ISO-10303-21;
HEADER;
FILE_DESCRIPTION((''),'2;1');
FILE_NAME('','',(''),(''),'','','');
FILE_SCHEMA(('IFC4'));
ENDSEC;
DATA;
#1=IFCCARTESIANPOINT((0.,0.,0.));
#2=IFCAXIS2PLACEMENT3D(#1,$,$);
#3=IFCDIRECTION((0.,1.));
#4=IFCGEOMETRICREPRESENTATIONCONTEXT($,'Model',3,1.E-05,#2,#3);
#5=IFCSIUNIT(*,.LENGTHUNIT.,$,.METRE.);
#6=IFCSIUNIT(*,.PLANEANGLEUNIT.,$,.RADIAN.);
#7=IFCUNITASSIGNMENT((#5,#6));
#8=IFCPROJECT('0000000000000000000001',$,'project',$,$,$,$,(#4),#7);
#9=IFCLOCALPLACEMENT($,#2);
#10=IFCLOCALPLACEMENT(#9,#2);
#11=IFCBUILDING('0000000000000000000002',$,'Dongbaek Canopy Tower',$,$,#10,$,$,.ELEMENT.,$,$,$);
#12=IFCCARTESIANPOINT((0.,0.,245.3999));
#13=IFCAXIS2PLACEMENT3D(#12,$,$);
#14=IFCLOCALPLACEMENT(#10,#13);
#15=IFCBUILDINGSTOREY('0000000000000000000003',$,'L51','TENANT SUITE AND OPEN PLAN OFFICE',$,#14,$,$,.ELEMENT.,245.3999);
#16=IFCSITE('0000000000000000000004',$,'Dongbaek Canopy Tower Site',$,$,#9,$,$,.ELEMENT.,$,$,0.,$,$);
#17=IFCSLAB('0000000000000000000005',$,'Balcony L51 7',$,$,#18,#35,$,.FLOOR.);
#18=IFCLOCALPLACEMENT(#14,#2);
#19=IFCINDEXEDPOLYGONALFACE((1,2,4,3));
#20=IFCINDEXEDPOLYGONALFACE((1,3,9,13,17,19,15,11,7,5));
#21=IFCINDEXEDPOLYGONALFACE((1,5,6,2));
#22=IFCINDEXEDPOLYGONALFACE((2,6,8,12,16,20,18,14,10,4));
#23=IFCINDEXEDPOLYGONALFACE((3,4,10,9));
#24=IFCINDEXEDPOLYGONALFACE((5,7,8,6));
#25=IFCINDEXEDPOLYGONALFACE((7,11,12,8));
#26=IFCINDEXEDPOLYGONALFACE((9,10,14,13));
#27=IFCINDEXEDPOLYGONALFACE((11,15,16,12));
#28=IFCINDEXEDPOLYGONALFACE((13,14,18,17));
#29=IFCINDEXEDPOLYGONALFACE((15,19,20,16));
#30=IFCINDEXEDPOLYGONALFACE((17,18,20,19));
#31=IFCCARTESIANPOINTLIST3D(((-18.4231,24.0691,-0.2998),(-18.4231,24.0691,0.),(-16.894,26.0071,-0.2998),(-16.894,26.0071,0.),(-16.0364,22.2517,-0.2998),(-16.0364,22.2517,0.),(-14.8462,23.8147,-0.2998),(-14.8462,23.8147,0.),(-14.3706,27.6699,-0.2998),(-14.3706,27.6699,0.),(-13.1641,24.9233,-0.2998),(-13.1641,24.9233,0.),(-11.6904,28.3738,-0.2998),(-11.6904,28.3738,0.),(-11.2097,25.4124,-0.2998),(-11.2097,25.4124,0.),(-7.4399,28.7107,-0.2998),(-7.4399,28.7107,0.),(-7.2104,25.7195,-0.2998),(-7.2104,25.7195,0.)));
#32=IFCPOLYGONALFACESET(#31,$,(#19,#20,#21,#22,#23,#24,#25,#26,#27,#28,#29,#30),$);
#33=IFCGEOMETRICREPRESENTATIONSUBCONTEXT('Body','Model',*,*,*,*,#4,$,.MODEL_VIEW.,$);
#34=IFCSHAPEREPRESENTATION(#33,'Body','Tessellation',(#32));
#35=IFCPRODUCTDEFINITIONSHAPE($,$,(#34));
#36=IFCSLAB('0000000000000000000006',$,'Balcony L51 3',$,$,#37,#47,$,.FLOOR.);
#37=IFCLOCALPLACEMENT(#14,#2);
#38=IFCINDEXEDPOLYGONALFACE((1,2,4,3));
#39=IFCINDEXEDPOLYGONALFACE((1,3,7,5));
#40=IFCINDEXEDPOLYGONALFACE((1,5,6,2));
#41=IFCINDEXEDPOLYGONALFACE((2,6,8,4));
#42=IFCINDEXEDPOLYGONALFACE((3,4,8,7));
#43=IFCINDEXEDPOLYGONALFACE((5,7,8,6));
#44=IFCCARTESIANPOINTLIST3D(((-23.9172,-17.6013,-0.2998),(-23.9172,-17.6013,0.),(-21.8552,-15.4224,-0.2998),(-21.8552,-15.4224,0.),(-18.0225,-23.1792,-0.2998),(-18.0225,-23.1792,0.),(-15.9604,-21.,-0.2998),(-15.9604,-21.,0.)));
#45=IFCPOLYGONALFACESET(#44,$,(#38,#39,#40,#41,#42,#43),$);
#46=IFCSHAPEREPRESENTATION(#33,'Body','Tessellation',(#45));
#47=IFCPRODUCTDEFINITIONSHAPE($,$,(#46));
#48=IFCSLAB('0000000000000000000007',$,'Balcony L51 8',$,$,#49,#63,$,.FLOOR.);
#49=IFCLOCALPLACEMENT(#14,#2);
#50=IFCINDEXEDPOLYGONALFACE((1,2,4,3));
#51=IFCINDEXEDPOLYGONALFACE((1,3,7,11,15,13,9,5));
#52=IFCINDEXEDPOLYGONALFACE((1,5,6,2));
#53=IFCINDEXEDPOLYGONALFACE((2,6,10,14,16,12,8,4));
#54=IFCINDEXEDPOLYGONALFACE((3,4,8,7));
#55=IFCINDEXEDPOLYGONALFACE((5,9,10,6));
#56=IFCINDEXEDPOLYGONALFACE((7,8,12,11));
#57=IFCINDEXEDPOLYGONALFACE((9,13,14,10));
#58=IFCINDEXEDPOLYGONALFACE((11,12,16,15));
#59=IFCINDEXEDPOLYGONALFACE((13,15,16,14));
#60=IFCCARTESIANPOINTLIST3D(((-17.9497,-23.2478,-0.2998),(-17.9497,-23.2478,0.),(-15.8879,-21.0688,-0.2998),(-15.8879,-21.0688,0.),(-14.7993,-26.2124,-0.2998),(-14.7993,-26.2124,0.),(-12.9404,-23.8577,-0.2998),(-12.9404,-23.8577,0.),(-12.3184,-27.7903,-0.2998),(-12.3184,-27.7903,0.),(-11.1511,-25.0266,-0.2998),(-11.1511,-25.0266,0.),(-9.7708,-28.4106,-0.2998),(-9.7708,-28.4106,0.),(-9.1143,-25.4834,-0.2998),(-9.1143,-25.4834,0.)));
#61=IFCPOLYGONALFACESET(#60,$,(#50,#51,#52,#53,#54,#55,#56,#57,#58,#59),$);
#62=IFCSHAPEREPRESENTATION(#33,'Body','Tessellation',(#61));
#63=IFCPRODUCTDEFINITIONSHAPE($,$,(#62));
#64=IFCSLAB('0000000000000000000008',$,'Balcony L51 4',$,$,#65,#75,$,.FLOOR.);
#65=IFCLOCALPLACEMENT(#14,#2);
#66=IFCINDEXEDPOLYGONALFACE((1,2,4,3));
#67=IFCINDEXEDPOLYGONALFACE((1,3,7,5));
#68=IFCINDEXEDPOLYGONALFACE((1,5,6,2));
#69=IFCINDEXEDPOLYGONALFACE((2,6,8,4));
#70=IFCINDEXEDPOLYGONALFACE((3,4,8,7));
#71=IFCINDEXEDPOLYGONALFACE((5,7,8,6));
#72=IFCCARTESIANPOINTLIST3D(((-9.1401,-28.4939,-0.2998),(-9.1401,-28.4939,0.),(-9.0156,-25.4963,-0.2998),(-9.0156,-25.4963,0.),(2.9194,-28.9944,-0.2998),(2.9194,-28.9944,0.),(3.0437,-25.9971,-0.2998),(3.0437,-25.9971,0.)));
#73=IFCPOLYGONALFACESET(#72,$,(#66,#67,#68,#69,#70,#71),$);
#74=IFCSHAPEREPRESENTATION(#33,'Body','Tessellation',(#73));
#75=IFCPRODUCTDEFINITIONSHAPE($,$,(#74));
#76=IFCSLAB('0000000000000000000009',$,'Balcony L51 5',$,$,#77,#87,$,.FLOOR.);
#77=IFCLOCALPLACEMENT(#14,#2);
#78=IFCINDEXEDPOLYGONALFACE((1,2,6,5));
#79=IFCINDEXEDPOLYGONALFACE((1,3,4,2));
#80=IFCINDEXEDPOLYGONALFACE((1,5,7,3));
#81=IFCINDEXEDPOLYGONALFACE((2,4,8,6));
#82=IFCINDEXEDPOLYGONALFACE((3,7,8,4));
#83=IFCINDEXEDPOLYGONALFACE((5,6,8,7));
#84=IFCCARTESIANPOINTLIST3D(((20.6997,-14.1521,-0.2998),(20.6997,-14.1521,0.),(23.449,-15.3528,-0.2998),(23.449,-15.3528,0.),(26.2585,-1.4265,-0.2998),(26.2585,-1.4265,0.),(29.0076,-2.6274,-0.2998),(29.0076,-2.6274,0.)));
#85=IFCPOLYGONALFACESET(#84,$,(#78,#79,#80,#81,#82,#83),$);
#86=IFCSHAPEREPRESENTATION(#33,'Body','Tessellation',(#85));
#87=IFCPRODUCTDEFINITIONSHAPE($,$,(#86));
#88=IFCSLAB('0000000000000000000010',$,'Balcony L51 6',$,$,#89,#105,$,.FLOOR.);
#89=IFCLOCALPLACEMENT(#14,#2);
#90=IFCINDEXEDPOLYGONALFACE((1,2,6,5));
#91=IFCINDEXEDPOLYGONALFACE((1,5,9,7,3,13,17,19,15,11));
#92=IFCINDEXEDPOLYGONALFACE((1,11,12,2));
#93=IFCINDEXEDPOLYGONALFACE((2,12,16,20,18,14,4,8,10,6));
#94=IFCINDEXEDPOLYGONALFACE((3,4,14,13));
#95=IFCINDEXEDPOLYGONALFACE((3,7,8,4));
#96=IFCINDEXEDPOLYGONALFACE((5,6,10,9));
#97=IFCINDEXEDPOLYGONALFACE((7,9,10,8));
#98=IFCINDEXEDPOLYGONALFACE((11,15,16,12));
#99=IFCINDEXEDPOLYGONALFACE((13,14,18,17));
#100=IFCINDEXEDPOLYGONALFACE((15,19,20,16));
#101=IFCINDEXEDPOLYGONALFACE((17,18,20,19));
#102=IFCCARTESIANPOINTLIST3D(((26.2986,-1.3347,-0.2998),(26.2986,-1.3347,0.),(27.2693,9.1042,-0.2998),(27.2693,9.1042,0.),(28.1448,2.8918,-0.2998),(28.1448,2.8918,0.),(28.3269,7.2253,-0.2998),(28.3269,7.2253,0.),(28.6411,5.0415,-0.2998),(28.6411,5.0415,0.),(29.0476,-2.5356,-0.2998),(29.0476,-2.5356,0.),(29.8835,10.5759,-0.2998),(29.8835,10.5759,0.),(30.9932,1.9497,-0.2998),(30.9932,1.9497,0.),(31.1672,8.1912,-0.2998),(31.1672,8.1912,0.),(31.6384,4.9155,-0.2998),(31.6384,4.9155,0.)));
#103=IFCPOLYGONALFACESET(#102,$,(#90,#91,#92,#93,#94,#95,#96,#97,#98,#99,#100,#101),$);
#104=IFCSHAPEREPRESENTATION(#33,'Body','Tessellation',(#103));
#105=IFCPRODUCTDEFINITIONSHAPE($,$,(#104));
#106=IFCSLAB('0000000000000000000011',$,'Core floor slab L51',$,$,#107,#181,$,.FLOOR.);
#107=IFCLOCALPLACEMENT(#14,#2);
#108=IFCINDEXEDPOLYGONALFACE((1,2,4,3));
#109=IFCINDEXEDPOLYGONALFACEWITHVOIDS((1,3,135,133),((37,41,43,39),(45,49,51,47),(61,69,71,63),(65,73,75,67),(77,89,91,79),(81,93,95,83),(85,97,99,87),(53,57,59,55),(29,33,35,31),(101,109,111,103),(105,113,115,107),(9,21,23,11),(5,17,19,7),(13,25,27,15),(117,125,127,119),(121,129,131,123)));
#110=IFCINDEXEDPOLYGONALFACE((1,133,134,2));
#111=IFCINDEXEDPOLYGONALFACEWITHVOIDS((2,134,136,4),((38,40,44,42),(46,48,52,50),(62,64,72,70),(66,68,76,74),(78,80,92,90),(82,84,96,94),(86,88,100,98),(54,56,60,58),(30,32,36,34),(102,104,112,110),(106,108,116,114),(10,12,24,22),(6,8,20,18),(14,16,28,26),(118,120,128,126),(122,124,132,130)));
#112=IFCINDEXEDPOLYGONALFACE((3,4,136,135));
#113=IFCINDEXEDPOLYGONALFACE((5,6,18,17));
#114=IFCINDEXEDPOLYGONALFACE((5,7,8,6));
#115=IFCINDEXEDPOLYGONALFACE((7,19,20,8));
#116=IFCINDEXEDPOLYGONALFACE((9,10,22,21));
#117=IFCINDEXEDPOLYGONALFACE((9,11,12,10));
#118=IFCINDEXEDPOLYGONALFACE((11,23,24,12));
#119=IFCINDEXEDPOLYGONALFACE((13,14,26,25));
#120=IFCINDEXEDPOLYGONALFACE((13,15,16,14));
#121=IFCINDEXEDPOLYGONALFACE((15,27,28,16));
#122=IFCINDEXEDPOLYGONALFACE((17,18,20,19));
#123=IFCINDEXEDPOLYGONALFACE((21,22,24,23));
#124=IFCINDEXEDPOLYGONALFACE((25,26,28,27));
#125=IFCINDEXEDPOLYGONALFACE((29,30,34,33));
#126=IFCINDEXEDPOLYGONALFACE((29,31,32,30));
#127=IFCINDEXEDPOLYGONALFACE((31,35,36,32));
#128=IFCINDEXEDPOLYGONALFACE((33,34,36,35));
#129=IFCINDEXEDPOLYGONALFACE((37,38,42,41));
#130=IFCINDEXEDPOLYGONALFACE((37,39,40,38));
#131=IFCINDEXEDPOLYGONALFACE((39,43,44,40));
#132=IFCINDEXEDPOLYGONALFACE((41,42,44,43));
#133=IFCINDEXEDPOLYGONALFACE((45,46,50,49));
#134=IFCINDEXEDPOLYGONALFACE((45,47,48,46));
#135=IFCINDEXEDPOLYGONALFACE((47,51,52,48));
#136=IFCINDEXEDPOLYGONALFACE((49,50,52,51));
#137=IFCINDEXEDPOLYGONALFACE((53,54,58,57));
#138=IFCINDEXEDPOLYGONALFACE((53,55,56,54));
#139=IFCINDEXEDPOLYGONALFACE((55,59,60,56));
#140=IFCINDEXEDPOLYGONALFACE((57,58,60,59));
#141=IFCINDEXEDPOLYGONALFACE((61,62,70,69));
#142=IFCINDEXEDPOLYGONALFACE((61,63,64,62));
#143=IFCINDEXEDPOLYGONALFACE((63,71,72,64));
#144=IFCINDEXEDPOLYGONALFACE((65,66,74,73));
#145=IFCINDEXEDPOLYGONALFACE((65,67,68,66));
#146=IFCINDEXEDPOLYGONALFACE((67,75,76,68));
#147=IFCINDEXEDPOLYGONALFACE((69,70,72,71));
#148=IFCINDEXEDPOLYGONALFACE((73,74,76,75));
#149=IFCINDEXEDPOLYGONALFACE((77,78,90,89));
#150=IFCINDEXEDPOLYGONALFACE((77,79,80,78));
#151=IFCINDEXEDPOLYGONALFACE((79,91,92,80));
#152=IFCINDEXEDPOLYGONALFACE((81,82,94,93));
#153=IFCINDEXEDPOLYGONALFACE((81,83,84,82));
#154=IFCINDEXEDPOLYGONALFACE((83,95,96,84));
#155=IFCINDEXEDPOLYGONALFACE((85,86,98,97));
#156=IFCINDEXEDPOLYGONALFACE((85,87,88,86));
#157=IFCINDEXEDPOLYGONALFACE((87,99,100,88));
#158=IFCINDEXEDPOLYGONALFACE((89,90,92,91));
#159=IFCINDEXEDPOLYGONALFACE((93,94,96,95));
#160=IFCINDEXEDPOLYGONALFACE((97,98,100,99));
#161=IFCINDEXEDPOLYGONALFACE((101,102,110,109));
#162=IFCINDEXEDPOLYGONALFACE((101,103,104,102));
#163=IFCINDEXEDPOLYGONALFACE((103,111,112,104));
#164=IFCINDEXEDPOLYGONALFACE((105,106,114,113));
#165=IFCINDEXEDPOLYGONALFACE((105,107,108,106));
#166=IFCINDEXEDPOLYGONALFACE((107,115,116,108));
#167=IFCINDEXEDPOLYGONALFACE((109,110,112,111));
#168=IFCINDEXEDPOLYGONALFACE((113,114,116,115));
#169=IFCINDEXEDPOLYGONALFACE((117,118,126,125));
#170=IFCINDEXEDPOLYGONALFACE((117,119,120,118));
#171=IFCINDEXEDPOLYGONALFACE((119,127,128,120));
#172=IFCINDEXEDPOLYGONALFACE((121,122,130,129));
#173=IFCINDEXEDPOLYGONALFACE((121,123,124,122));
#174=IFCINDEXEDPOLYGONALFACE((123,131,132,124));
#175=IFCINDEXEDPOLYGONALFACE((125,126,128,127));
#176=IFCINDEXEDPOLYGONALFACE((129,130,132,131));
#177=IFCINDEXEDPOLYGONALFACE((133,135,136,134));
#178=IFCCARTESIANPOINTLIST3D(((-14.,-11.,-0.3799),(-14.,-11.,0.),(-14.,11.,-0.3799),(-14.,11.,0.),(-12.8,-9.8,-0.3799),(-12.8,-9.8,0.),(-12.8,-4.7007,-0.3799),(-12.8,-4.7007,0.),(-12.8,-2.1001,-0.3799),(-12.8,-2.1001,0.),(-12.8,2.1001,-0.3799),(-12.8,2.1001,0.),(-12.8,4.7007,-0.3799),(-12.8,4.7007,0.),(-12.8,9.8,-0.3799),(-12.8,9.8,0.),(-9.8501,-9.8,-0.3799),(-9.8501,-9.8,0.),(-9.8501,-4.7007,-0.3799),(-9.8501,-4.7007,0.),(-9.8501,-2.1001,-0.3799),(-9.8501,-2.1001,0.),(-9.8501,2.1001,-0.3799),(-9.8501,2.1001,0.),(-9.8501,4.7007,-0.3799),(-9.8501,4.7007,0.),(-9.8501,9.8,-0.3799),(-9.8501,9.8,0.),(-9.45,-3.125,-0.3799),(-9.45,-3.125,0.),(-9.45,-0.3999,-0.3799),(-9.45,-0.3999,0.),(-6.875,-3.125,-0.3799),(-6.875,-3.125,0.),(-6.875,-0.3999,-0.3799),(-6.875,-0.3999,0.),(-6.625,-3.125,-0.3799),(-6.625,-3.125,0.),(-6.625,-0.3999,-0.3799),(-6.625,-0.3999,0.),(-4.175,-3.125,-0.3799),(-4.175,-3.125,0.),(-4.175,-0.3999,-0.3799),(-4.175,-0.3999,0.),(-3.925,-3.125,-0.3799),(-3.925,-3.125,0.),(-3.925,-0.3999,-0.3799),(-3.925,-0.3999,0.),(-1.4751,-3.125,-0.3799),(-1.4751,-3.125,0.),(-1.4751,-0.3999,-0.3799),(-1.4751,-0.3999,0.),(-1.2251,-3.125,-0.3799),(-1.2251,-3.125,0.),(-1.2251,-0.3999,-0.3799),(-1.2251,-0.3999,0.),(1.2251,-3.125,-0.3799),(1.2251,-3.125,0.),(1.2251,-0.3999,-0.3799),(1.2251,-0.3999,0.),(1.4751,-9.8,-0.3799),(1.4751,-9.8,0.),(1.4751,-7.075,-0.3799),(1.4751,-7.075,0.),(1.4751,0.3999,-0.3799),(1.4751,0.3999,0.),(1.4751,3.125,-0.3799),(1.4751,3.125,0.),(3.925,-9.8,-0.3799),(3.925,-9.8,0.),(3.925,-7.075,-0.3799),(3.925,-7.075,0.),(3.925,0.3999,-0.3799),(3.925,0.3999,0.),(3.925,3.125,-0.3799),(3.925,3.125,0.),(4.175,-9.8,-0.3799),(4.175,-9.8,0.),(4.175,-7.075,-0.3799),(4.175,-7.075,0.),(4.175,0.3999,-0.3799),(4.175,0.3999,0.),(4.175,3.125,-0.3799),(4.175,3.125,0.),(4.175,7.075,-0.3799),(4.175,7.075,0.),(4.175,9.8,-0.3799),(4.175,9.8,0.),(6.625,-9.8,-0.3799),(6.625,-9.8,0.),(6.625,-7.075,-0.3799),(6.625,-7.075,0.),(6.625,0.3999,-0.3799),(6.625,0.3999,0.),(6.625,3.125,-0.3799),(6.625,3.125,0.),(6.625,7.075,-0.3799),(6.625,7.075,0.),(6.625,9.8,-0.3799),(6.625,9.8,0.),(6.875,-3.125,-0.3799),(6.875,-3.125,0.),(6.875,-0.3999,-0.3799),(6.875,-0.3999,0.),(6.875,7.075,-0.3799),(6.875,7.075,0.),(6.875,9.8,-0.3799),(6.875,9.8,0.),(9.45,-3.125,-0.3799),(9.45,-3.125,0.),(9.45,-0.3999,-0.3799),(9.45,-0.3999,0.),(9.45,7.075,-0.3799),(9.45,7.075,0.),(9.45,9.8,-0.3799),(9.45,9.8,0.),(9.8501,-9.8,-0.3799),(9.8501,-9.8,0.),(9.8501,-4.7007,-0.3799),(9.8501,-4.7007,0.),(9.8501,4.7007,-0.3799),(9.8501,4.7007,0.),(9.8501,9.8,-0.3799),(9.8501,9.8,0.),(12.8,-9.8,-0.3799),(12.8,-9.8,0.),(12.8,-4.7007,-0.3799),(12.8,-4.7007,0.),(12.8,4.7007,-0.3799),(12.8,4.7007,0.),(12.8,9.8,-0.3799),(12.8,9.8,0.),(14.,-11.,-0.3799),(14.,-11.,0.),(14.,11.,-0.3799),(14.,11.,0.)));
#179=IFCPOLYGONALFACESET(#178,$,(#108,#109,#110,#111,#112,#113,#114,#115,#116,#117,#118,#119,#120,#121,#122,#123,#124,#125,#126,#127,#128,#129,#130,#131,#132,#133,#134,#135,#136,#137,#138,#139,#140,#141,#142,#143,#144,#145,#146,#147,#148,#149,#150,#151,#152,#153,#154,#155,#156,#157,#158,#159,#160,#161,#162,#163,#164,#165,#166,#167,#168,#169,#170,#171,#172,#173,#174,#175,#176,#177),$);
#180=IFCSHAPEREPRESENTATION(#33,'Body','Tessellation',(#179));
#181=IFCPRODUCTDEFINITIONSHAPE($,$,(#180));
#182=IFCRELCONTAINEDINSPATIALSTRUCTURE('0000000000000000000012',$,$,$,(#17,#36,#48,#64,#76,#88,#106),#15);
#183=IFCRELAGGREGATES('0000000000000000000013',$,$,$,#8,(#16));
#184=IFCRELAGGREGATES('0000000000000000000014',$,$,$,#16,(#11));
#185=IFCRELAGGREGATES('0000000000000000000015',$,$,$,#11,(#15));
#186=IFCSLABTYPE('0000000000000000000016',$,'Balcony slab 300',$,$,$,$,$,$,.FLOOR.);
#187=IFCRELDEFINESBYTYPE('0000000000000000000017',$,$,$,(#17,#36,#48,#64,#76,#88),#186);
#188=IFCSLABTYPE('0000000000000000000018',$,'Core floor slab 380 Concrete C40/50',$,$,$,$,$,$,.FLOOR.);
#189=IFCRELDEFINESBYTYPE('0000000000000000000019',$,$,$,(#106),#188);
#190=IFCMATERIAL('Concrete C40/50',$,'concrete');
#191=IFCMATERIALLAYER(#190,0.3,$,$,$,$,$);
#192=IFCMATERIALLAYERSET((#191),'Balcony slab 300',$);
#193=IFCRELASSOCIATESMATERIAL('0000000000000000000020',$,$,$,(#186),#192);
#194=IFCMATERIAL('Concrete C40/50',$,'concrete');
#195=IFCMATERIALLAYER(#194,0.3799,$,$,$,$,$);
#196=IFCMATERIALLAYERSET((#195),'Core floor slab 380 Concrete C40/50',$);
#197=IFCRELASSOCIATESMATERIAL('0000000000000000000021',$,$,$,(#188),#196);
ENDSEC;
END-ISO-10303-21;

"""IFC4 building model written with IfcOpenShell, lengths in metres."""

from ifc_helpers import new_model, si_unit, direction, frame, origin, place, context, subcontext, project, spatial, polyline, outline, extrude, material, layer, layer_set, type_object, element, save


model = new_model("IFC4")

# Units and contexts
model_context = context("Model", 3, precision=1e-05, world=origin(), true_north=direction((0.0, 1.0)))
body_context = subcontext(model_context, "Body", "Model", "MODEL_VIEW")
ifc_project = project(units=[si_unit("LENGTHUNIT", "METRE"), si_unit("PLANEANGLEUNIT", "RADIAN")], contexts=[model_context])

# Site, building, storey
site_placement = place(None, origin())
site = spatial("IfcSite", under=ifc_project, at=site_placement, Name="Dongbaek Canopy Tower Site", CompositionType="ELEMENT", RefElevation=0.0)
building_placement = place(site_placement, origin())
building = spatial("IfcBuilding", under=site, at=building_placement, Name="Dongbaek Canopy Tower", CompositionType="ELEMENT")
storey_placement = place(building_placement, frame((0.0, 0.0, 245.3999)))
storey = spatial("IfcBuildingStorey", under=building, at=storey_placement, Name="L51", Description="TENANT SUITE AND OPEN PLAN OFFICE", CompositionType="ELEMENT", Elevation=245.3999)

# Slabs
ifc_material_1 = material(Name="Concrete C40/50", Category="concrete")
ifc_layer_1 = layer(ifc_material_1, 0.3)
ifc_layer_set_1 = layer_set([ifc_layer_1], Name="Balcony slab 300")
slab_type_1 = type_object("IfcSlabType", Name="Balcony slab 300", PredefinedType="FLOOR", material=ifc_layer_set_1)
slab_1_placement = place(storey_placement, frame((0.0, 0.0, -0.2998)))
element("IfcSlab", 1, at=slab_1_placement, inside=storey, type_object=slab_type_1, Name="Balcony L51 7", PredefinedType="FLOOR", context=body_context, shape_type="SweptSolid", body=[
    extrude(outline(polyline([(-7.2104, 25.7195), (-11.2097, 25.4124), (-13.1641, 24.9233), (-14.8462, 23.8147), (-16.0364, 22.2517), (-18.4231, 24.0691), (-16.894, 26.0071), (-14.3706, 27.6699), (-11.6904, 28.3738), (-7.4399, 28.7107), (-7.2104, 25.7195)])), origin(), (0.0, 0.0, 1.0), 0.2998),
])
slab_2_placement = place(storey_placement, frame((0.0, 0.0, -0.2998)))
element("IfcSlab", 2, at=slab_2_placement, inside=storey, type_object=slab_type_1, Name="Balcony L51 3", PredefinedType="FLOOR", context=body_context, shape_type="SweptSolid", body=[
    extrude(outline(polyline([(-21.8552, -15.4224), (-15.9604, -21.0), (-18.0225, -23.1792), (-23.9172, -17.6013), (-21.8552, -15.4224)])), origin(), (0.0, 0.0, 1.0), 0.2998),
])
slab_3_placement = place(storey_placement, frame((0.0, 0.0, -0.2998)))
element("IfcSlab", 3, at=slab_3_placement, inside=storey, type_object=slab_type_1, Name="Balcony L51 8", PredefinedType="FLOOR", context=body_context, shape_type="SweptSolid", body=[
    extrude(outline(polyline([(-15.8879, -21.0688), (-12.9404, -23.8577), (-11.1511, -25.0266), (-9.1143, -25.4834), (-9.7708, -28.4106), (-12.3184, -27.7903), (-14.7993, -26.2124), (-17.9497, -23.2478), (-15.8879, -21.0688)])), origin(), (0.0, 0.0, 1.0), 0.2998),
])
slab_4_placement = place(storey_placement, frame((0.0, 0.0, -0.2998)))
element("IfcSlab", 4, at=slab_4_placement, inside=storey, type_object=slab_type_1, Name="Balcony L51 4", PredefinedType="FLOOR", context=body_context, shape_type="SweptSolid", body=[
    extrude(outline(polyline([(-9.0156, -25.4963), (3.0437, -25.9971), (2.9194, -28.9944), (-9.1401, -28.4939), (-9.0156, -25.4963)])), origin(), (0.0, 0.0, 1.0), 0.2998),
])
slab_5_placement = place(storey_placement, frame((0.0, 0.0, -0.2998)))
element("IfcSlab", 5, at=slab_5_placement, inside=storey, type_object=slab_type_1, Name="Balcony L51 5", PredefinedType="FLOOR", context=body_context, shape_type="SweptSolid", body=[
    extrude(outline(polyline([(20.6997, -14.1521), (26.2585, -1.4265), (29.0076, -2.6274), (23.449, -15.3528), (20.6997, -14.1521)])), origin(), (0.0, 0.0, 1.0), 0.2998),
])
slab_6_placement = place(storey_placement, frame((0.0, 0.0, -0.2998)))
element("IfcSlab", 6, at=slab_6_placement, inside=storey, type_object=slab_type_1, Name="Balcony L51 6", PredefinedType="FLOOR", context=body_context, shape_type="SweptSolid", body=[
    extrude(outline(polyline([(26.2986, -1.3347), (28.1448, 2.8918), (28.6411, 5.0415), (28.3269, 7.2253), (27.2693, 9.1042), (29.8835, 10.5759), (31.1672, 8.1912), (31.6384, 4.9155), (30.9932, 1.9497), (29.0476, -2.5356), (26.2986, -1.3347)])), origin(), (0.0, 0.0, 1.0), 0.2998),
])
ifc_material_2 = material(Name="Concrete C40/50", Category="concrete")
ifc_layer_2 = layer(ifc_material_2, 0.3799)
ifc_layer_set_2 = layer_set([ifc_layer_2], Name="Core floor slab 380 Concrete C40/50")
slab_type_2 = type_object("IfcSlabType", Name="Core floor slab 380 Concrete C40/50", PredefinedType="FLOOR", material=ifc_layer_set_2)
slab_7_placement = place(storey_placement, frame((0.0, 0.0, -0.3799)))
element("IfcSlab", 7, at=slab_7_placement, inside=storey, type_object=slab_type_2, Name="Core floor slab L51", PredefinedType="FLOOR", context=body_context, shape_type="SweptSolid", body=[
    extrude(outline(polyline([(14.0, -11.0), (14.0, 11.0), (-14.0, 11.0), (-14.0, -11.0), (14.0, -11.0)]), holes=[polyline([(-12.8, 2.1001), (-9.8501, 2.1001), (-9.8501, -2.1001), (-12.8, -2.1001), (-12.8, 2.1001)]), polyline([(6.625, 9.8), (6.625, 7.075), (4.175, 7.075), (4.175, 9.8), (6.625, 9.8)]), polyline([(9.45, 7.075), (6.875, 7.075), (6.875, 9.8), (9.45, 9.8), (9.45, 7.075)]), polyline([(1.4751, 0.3999), (1.4751, 3.125), (3.925, 3.125), (3.925, 0.3999), (1.4751, 0.3999)]), polyline([(4.175, 0.3999), (4.175, 3.125), (6.625, 3.125), (6.625, 0.3999), (4.175, 0.3999)]), polyline([(-9.45, -0.3999), (-6.875, -0.3999), (-6.875, -3.125), (-9.45, -3.125), (-9.45, -0.3999)]), polyline([(-6.625, -3.125), (-6.625, -0.3999), (-4.175, -0.3999), (-4.175, -3.125), (-6.625, -3.125)]), polyline([(-3.925, -3.125), (-3.925, -0.3999), (-1.4751, -0.3999), (-1.4751, -3.125), (-3.925, -3.125)]), polyline([(-1.2251, -3.125), (-1.2251, -0.3999), (1.2251, -0.3999), (1.2251, -3.125), (-1.2251, -3.125)]), polyline([(9.45, -3.125), (6.875, -3.125), (6.875, -0.3999), (9.45, -0.3999), (9.45, -3.125)]), polyline([(1.4751, -9.8), (1.4751, -7.075), (3.925, -7.075), (3.925, -9.8), (1.4751, -9.8)]), polyline([(4.175, -9.8), (4.175, -7.075), (6.625, -7.075), (6.625, -9.8), (4.175, -9.8)]), polyline([(12.8, 4.7007), (12.8, 9.8), (9.8501, 9.8), (9.8501, 4.7007), (12.8, 4.7007)]), polyline([(-9.8501, 4.7007), (-9.8501, 9.8), (-12.8, 9.8), (-12.8, 4.7007), (-9.8501, 4.7007)]), polyline([(9.8501, -4.7007), (9.8501, -9.8), (12.8, -9.8), (12.8, -4.7007), (9.8501, -4.7007)]), polyline([(-12.8, -4.7007), (-12.8, -9.8), (-9.8501, -9.8), (-9.8501, -4.7007), (-12.8, -4.7007)])]), origin(), (0.0, 0.0, 1.0), 0.3799),
])

save(model, "model.ifc")
